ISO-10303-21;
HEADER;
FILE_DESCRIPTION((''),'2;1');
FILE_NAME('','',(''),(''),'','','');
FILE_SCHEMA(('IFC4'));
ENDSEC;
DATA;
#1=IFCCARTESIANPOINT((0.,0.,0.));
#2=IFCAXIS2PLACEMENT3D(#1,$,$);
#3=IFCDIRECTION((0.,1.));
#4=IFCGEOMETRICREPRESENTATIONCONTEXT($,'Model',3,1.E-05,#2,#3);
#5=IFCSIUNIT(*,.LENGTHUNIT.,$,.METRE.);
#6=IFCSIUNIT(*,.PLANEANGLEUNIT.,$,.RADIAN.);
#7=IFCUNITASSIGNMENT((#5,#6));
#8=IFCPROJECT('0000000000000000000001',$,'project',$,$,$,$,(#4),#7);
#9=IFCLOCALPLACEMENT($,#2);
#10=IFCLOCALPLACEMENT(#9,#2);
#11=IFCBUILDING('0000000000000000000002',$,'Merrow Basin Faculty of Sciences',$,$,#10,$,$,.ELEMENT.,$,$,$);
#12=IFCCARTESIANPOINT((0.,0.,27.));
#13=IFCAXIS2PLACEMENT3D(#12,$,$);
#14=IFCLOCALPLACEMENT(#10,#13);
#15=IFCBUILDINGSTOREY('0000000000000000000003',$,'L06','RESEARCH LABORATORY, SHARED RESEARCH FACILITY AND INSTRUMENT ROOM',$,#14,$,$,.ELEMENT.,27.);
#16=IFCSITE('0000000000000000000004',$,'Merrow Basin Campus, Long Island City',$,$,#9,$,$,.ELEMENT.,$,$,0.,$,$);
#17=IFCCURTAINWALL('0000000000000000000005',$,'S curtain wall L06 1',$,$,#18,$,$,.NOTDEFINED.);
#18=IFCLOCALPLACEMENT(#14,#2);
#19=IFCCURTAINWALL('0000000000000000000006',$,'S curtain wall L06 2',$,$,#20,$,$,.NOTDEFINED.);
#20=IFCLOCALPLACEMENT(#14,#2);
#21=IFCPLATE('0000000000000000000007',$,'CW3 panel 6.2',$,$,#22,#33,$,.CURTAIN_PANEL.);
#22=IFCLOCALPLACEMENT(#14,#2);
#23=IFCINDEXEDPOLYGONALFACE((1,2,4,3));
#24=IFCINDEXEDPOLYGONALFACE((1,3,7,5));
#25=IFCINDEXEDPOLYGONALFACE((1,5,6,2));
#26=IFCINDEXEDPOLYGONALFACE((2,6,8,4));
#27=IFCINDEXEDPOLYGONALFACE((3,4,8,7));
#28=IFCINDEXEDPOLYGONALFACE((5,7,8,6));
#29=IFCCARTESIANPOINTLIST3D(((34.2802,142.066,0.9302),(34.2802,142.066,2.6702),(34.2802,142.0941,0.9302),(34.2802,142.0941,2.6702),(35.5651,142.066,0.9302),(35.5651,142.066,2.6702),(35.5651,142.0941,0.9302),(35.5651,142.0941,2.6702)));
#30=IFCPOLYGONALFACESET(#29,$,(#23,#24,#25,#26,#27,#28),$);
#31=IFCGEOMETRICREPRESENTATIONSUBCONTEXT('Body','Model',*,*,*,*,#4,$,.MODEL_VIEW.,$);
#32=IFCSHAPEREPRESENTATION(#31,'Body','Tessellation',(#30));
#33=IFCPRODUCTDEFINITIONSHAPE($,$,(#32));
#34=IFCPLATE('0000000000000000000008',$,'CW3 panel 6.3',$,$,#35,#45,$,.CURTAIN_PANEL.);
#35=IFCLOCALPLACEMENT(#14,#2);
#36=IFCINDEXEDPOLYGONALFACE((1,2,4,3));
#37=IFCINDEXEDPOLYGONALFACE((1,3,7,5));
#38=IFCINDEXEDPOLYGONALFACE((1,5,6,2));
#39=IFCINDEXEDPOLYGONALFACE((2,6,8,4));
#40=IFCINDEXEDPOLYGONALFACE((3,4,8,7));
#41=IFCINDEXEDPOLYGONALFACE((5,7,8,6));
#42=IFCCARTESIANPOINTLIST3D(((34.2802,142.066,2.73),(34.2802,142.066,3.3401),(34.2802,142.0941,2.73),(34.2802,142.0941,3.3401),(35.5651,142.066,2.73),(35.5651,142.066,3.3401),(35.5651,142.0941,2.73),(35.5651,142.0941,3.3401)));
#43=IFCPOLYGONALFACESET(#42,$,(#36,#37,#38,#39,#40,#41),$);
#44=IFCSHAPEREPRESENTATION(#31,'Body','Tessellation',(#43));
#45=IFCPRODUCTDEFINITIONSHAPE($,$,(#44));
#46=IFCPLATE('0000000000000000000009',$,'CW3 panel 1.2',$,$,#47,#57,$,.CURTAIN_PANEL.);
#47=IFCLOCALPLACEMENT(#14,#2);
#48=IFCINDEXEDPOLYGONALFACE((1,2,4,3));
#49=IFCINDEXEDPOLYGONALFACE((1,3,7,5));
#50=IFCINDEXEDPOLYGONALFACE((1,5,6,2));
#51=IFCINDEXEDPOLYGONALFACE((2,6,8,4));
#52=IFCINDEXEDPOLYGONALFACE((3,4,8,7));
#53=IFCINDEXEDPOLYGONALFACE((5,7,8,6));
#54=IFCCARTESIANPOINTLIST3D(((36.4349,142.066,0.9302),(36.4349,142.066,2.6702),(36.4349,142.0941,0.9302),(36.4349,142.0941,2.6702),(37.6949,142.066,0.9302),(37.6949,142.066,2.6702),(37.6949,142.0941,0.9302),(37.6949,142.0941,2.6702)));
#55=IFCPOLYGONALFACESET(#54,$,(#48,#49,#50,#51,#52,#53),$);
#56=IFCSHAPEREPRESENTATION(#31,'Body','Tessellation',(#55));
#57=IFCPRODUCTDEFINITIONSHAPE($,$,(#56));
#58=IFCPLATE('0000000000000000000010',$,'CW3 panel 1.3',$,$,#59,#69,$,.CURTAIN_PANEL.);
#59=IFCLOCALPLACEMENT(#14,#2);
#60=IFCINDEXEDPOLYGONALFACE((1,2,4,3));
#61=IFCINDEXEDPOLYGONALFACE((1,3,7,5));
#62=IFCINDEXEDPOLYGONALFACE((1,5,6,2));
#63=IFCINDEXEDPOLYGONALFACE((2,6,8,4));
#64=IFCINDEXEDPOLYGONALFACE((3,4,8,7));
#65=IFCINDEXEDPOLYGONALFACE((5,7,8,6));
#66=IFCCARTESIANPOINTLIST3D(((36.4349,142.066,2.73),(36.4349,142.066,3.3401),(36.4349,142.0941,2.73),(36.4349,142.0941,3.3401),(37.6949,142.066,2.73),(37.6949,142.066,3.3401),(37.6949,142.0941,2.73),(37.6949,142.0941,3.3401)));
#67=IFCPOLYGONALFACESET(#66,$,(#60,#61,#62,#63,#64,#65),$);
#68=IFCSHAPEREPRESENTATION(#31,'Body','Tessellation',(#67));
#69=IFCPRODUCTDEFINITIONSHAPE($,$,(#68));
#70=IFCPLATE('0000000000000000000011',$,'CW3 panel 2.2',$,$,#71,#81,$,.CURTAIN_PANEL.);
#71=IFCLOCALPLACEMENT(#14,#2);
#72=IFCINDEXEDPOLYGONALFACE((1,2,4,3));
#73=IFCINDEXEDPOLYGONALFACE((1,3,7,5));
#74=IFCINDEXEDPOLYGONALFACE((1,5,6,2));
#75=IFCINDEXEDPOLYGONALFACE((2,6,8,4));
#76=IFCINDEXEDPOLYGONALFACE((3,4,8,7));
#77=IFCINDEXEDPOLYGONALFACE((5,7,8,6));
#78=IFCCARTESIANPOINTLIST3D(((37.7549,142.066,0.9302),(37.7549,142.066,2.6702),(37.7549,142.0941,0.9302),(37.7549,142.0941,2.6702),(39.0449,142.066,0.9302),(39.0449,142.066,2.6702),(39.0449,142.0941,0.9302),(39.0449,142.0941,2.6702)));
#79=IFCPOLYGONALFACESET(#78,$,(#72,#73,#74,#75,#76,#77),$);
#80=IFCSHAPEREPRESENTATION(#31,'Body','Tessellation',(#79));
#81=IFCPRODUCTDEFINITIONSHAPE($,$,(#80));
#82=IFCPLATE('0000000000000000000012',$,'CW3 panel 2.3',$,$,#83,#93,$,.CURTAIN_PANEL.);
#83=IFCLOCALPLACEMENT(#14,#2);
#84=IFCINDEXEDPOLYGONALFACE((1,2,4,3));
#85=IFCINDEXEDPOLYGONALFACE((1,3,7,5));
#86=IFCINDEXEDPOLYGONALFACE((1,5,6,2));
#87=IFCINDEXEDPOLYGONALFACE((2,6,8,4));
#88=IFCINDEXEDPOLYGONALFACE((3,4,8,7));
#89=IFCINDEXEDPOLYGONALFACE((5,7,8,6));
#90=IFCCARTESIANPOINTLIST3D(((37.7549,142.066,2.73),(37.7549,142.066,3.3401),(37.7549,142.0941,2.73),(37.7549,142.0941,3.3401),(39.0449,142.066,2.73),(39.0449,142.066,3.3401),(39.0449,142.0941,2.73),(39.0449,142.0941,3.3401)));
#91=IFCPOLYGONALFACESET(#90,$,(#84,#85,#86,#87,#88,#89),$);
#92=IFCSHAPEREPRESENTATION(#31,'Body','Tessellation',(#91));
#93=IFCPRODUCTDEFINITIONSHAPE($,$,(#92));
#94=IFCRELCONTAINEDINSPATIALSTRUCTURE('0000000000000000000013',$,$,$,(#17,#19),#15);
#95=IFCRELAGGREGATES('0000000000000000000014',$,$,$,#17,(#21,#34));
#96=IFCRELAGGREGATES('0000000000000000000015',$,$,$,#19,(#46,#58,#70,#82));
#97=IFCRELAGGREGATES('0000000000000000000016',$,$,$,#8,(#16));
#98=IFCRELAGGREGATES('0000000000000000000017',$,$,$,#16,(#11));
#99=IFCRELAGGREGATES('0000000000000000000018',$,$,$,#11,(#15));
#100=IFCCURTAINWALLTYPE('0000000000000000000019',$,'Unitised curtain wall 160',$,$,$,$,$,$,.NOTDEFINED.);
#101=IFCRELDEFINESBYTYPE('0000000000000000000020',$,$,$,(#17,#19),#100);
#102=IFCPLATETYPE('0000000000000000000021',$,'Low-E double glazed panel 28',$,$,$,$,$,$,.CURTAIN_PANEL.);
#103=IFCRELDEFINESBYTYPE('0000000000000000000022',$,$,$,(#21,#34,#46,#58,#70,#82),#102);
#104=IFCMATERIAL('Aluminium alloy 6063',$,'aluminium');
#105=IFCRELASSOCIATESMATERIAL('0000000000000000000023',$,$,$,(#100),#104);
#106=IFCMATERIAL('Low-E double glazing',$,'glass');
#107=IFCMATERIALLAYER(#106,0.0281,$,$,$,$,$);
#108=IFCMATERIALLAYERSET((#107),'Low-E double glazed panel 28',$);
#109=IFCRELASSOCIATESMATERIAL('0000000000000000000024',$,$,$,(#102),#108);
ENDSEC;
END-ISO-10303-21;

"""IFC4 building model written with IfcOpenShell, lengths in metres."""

from ifc_helpers import new_model, si_unit, direction, frame, origin, origin_2d, place, context, subcontext, project, spatial, rectangle, extrude, material, layer, layer_set, type_object, element, aggregate, save


model = new_model("IFC4")

# Units and contexts
model_context = context("Model", 3, precision=1e-05, world=origin(), true_north=direction((0.0, 1.0)))
body_context = subcontext(model_context, "Body", "Model", "MODEL_VIEW")
ifc_project = project(units=[si_unit("LENGTHUNIT", "METRE"), si_unit("PLANEANGLEUNIT", "RADIAN")], contexts=[model_context])

# Site, building, storey
site_placement = place(None, origin())
site = spatial("IfcSite", under=ifc_project, at=site_placement, Name="Merrow Basin Campus, Long Island City", CompositionType="ELEMENT", RefElevation=0.0)
building_placement = place(site_placement, origin())
building = spatial("IfcBuilding", under=site, at=building_placement, Name="Merrow Basin Faculty of Sciences", CompositionType="ELEMENT")
storey_placement = place(building_placement, frame((0.0, 0.0, 27.0)))
storey = spatial("IfcBuildingStorey", under=building, at=storey_placement, Name="L06", Description="RESEARCH LABORATORY, SHARED RESEARCH FACILITY AND INSTRUMENT ROOM", CompositionType="ELEMENT", Elevation=27.0)

# Curtain wall
ifc_material_1 = material(Name="Aluminium alloy 6063", Category="aluminium")
curtain_wall_type = type_object("IfcCurtainWallType", Name="Unitised curtain wall 160", PredefinedType="NOTDEFINED", material=ifc_material_1)
curtain_wall_1_placement = place(storey_placement, origin())
curtain_wall_1 = element("IfcCurtainWall", 1, at=curtain_wall_1_placement, inside=storey, type_object=curtain_wall_type, Name="S curtain wall L06 1", PredefinedType="NOTDEFINED")

# Curtain wall
curtain_wall_2_placement = place(storey_placement, origin())
curtain_wall_2 = element("IfcCurtainWall", 2, at=curtain_wall_2_placement, inside=storey, type_object=curtain_wall_type, Name="S curtain wall L06 2", PredefinedType="NOTDEFINED")

# Plates
ifc_material_2 = material(Name="Low-E double glazing", Category="glass")
ifc_layer_1 = layer(ifc_material_2, 0.0281)
ifc_layer_set_1 = layer_set([ifc_layer_1], Name="Low-E double glazed panel 28")
plate_type_1 = type_object("IfcPlateType", Name="Low-E double glazed panel 28", PredefinedType="CURTAIN_PANEL", material=ifc_layer_set_1)
plate_1_placement = place(storey_placement, frame((34.9226, 142.0801, 0.9302), z_axis=(0.0, 0.0, 1.0), x_axis=(1.0, 0.0, 0.0)))
plate_1 = element("IfcPlate", 3, at=plate_1_placement, type_object=plate_type_1, Name="CW3 panel 6.2", PredefinedType="CURTAIN_PANEL", context=body_context, shape_type="SweptSolid", body=[
    extrude(rectangle(XDim=1.2849, YDim=0.0281, at=origin_2d()), origin(), (0.0, 0.0, 1.0), 1.74),
])
plate_2_placement = place(storey_placement, frame((34.9226, 142.0801, 2.73), z_axis=(0.0, 0.0, 1.0), x_axis=(1.0, 0.0, 0.0)))
plate_2 = element("IfcPlate", 4, at=plate_2_placement, type_object=plate_type_1, Name="CW3 panel 6.3", PredefinedType="CURTAIN_PANEL", context=body_context, shape_type="SweptSolid", body=[
    extrude(rectangle(XDim=1.2849, YDim=0.0281, at=origin_2d()), origin(), (0.0, 0.0, 1.0), 0.6101),
])
aggregate(curtain_wall_1, [plate_1, plate_2])
plate_3_placement = place(storey_placement, frame((37.0649, 142.0801, 0.9302), z_axis=(0.0, 0.0, 1.0), x_axis=(1.0, 0.0, 0.0)))
plate_3 = element("IfcPlate", 5, at=plate_3_placement, type_object=plate_type_1, Name="CW3 panel 1.2", PredefinedType="CURTAIN_PANEL", context=body_context, shape_type="SweptSolid", body=[
    extrude(rectangle(XDim=1.26, YDim=0.0281, at=origin_2d()), origin(), (0.0, 0.0, 1.0), 1.74),
])
plate_4_placement = place(storey_placement, frame((37.0649, 142.0801, 2.73), z_axis=(0.0, 0.0, 1.0), x_axis=(1.0, 0.0, 0.0)))
plate_4 = element("IfcPlate", 6, at=plate_4_placement, type_object=plate_type_1, Name="CW3 panel 1.3", PredefinedType="CURTAIN_PANEL", context=body_context, shape_type="SweptSolid", body=[
    extrude(rectangle(XDim=1.26, YDim=0.0281, at=origin_2d()), origin(), (0.0, 0.0, 1.0), 0.6101),
])
plate_5_placement = place(storey_placement, frame((38.3999, 142.0801, 0.9302), z_axis=(0.0, 0.0, 1.0), x_axis=(1.0, 0.0, 0.0)))
plate_5 = element("IfcPlate", 7, at=plate_5_placement, type_object=plate_type_1, Name="CW3 panel 2.2", PredefinedType="CURTAIN_PANEL", context=body_context, shape_type="SweptSolid", body=[
    extrude(rectangle(XDim=1.29, YDim=0.0281, at=origin_2d()), origin(), (0.0, 0.0, 1.0), 1.74),
])
plate_6_placement = place(storey_placement, frame((38.3999, 142.0801, 2.73), z_axis=(0.0, 0.0, 1.0), x_axis=(1.0, 0.0, 0.0)))
plate_6 = element("IfcPlate", 8, at=plate_6_placement, type_object=plate_type_1, Name="CW3 panel 2.3", PredefinedType="CURTAIN_PANEL", context=body_context, shape_type="SweptSolid", body=[
    extrude(rectangle(XDim=1.29, YDim=0.0281, at=origin_2d()), origin(), (0.0, 0.0, 1.0), 0.6101),
])
aggregate(curtain_wall_2, [plate_3, plate_4, plate_5, plate_6])

save(model, "model.ifc")
